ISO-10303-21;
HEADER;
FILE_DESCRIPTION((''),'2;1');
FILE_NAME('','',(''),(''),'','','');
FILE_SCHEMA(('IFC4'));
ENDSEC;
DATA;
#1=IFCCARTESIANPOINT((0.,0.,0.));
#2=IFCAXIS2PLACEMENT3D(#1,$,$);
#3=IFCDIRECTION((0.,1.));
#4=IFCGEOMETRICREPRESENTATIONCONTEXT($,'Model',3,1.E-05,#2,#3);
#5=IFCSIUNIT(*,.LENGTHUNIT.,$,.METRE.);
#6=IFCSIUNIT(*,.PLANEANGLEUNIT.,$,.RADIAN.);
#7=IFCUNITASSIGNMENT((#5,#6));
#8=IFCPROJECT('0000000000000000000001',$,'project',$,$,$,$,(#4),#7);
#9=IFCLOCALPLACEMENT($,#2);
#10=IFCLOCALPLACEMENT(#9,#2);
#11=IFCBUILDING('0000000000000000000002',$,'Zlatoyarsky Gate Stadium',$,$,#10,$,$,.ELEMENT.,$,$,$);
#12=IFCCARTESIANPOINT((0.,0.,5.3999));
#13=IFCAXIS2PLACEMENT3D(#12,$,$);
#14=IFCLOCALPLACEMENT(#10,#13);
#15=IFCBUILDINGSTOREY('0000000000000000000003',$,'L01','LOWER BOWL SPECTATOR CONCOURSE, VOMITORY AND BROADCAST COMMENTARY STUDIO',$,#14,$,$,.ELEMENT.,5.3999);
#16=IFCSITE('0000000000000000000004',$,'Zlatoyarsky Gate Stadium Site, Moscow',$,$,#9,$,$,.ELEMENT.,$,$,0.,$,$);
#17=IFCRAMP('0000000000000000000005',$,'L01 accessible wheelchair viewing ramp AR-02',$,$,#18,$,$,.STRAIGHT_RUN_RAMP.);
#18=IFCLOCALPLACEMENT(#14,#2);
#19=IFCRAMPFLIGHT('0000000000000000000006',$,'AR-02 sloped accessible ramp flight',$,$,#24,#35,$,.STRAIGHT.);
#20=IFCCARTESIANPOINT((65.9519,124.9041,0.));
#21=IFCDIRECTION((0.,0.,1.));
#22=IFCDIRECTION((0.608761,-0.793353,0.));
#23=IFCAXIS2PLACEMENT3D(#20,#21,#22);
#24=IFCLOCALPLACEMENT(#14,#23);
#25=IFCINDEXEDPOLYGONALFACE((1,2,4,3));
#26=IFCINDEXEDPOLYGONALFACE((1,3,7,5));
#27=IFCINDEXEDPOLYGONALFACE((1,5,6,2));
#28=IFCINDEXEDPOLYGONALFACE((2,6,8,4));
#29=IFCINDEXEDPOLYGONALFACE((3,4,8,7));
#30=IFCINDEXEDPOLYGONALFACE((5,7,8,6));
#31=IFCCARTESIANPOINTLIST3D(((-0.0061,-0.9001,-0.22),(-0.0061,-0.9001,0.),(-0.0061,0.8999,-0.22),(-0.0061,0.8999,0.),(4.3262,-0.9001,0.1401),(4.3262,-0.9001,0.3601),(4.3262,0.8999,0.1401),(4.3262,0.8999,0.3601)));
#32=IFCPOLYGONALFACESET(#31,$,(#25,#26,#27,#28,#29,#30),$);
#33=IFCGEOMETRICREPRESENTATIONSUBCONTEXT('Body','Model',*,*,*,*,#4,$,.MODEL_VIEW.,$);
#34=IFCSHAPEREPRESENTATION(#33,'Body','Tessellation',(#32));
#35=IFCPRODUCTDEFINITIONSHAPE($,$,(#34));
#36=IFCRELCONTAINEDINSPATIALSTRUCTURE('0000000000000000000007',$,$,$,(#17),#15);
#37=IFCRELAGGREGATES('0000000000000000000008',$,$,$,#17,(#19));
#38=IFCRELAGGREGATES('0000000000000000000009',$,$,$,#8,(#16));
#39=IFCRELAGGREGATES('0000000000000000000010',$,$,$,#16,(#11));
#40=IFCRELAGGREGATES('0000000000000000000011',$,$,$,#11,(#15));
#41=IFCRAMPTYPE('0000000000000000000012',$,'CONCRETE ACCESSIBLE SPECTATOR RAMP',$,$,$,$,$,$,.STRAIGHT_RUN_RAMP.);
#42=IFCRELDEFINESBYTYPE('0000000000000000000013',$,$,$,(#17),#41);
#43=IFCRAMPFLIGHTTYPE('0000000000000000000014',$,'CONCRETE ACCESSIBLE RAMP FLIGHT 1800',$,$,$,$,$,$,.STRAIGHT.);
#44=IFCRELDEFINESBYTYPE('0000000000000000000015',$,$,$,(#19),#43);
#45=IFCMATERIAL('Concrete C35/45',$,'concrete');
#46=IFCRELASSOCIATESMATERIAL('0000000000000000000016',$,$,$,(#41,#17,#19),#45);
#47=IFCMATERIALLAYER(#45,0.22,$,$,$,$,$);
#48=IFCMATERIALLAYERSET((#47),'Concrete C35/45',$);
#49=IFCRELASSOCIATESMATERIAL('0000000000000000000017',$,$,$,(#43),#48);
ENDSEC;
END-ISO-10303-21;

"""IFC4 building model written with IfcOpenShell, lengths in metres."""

from ifc_helpers import new_model, si_unit, direction, frame, origin, place, context, subcontext, project, spatial, polyline, outline, extrude, material, layer, layer_set, type_object, element, aggregate, save


model = new_model("IFC4")

# Units and contexts
model_context = context("Model", 3, precision=1e-05, world=origin(), true_north=direction((0.0, 1.0)))
body_context = subcontext(model_context, "Body", "Model", "MODEL_VIEW")
ifc_project = project(units=[si_unit("LENGTHUNIT", "METRE"), si_unit("PLANEANGLEUNIT", "RADIAN")], contexts=[model_context])

# Site, building, storey
site_placement = place(None, origin())
site = spatial("IfcSite", under=ifc_project, at=site_placement, Name="Zlatoyarsky Gate Stadium Site, Moscow", CompositionType="ELEMENT", RefElevation=0.0)
building_placement = place(site_placement, origin())
building = spatial("IfcBuilding", under=site, at=building_placement, Name="Zlatoyarsky Gate Stadium", CompositionType="ELEMENT")
storey_placement = place(building_placement, frame((0.0, 0.0, 5.3999)))
storey = spatial("IfcBuildingStorey", under=building, at=storey_placement, Name="L01", Description="LOWER BOWL SPECTATOR CONCOURSE, VOMITORY AND BROADCAST COMMENTARY STUDIO", CompositionType="ELEMENT", Elevation=5.3999)

# Ramp, ramp flight
ifc_material_1 = material(Name="Concrete C35/45", Category="concrete")
ramp_type = type_object("IfcRampType", Name="CONCRETE ACCESSIBLE SPECTATOR RAMP", PredefinedType="STRAIGHT_RUN_RAMP", material=ifc_material_1)
ramp_placement = place(storey_placement, origin())
ramp = element("IfcRamp", 1, at=ramp_placement, inside=storey, type_object=ramp_type, material=ifc_material_1, Name="L01 accessible wheelchair viewing ramp AR-02", PredefinedType="STRAIGHT_RUN_RAMP")
ifc_layer_1 = layer(ifc_material_1, 0.22)
ifc_layer_set_1 = layer_set([ifc_layer_1], Name="Concrete C35/45")
ramp_flight_type = type_object("IfcRampFlightType", Name="CONCRETE ACCESSIBLE RAMP FLIGHT 1800", PredefinedType="STRAIGHT", material=ifc_layer_set_1)
ramp_flight_placement = place(storey_placement, frame((65.9519, 124.9041, 0.0), z_axis=(0.0, 0.0, 1.0), x_axis=(0.608761, -0.793353, 0.0)))
ramp_flight = element("IfcRampFlight", 2, at=ramp_flight_placement, type_object=ramp_flight_type, material=ifc_material_1, Name="AR-02 sloped accessible ramp flight", PredefinedType="STRAIGHT", context=body_context, shape_type="SweptSolid", body=[
    extrude(outline(polyline([(-0.0061, 0.0), (4.3262, 0.3601), (4.3262, 0.1401), (-0.0061, -0.22), (-0.0061, 0.0)])), frame((0.0, 0.8999, 0.0), z_axis=(0.0, -1.0, 0.0), x_axis=(1.0, 0.0, 0.0)), (0.0, 0.0, 1.0), 1.8),
])
aggregate(ramp, [ramp_flight])

save(model, "model.ifc")
